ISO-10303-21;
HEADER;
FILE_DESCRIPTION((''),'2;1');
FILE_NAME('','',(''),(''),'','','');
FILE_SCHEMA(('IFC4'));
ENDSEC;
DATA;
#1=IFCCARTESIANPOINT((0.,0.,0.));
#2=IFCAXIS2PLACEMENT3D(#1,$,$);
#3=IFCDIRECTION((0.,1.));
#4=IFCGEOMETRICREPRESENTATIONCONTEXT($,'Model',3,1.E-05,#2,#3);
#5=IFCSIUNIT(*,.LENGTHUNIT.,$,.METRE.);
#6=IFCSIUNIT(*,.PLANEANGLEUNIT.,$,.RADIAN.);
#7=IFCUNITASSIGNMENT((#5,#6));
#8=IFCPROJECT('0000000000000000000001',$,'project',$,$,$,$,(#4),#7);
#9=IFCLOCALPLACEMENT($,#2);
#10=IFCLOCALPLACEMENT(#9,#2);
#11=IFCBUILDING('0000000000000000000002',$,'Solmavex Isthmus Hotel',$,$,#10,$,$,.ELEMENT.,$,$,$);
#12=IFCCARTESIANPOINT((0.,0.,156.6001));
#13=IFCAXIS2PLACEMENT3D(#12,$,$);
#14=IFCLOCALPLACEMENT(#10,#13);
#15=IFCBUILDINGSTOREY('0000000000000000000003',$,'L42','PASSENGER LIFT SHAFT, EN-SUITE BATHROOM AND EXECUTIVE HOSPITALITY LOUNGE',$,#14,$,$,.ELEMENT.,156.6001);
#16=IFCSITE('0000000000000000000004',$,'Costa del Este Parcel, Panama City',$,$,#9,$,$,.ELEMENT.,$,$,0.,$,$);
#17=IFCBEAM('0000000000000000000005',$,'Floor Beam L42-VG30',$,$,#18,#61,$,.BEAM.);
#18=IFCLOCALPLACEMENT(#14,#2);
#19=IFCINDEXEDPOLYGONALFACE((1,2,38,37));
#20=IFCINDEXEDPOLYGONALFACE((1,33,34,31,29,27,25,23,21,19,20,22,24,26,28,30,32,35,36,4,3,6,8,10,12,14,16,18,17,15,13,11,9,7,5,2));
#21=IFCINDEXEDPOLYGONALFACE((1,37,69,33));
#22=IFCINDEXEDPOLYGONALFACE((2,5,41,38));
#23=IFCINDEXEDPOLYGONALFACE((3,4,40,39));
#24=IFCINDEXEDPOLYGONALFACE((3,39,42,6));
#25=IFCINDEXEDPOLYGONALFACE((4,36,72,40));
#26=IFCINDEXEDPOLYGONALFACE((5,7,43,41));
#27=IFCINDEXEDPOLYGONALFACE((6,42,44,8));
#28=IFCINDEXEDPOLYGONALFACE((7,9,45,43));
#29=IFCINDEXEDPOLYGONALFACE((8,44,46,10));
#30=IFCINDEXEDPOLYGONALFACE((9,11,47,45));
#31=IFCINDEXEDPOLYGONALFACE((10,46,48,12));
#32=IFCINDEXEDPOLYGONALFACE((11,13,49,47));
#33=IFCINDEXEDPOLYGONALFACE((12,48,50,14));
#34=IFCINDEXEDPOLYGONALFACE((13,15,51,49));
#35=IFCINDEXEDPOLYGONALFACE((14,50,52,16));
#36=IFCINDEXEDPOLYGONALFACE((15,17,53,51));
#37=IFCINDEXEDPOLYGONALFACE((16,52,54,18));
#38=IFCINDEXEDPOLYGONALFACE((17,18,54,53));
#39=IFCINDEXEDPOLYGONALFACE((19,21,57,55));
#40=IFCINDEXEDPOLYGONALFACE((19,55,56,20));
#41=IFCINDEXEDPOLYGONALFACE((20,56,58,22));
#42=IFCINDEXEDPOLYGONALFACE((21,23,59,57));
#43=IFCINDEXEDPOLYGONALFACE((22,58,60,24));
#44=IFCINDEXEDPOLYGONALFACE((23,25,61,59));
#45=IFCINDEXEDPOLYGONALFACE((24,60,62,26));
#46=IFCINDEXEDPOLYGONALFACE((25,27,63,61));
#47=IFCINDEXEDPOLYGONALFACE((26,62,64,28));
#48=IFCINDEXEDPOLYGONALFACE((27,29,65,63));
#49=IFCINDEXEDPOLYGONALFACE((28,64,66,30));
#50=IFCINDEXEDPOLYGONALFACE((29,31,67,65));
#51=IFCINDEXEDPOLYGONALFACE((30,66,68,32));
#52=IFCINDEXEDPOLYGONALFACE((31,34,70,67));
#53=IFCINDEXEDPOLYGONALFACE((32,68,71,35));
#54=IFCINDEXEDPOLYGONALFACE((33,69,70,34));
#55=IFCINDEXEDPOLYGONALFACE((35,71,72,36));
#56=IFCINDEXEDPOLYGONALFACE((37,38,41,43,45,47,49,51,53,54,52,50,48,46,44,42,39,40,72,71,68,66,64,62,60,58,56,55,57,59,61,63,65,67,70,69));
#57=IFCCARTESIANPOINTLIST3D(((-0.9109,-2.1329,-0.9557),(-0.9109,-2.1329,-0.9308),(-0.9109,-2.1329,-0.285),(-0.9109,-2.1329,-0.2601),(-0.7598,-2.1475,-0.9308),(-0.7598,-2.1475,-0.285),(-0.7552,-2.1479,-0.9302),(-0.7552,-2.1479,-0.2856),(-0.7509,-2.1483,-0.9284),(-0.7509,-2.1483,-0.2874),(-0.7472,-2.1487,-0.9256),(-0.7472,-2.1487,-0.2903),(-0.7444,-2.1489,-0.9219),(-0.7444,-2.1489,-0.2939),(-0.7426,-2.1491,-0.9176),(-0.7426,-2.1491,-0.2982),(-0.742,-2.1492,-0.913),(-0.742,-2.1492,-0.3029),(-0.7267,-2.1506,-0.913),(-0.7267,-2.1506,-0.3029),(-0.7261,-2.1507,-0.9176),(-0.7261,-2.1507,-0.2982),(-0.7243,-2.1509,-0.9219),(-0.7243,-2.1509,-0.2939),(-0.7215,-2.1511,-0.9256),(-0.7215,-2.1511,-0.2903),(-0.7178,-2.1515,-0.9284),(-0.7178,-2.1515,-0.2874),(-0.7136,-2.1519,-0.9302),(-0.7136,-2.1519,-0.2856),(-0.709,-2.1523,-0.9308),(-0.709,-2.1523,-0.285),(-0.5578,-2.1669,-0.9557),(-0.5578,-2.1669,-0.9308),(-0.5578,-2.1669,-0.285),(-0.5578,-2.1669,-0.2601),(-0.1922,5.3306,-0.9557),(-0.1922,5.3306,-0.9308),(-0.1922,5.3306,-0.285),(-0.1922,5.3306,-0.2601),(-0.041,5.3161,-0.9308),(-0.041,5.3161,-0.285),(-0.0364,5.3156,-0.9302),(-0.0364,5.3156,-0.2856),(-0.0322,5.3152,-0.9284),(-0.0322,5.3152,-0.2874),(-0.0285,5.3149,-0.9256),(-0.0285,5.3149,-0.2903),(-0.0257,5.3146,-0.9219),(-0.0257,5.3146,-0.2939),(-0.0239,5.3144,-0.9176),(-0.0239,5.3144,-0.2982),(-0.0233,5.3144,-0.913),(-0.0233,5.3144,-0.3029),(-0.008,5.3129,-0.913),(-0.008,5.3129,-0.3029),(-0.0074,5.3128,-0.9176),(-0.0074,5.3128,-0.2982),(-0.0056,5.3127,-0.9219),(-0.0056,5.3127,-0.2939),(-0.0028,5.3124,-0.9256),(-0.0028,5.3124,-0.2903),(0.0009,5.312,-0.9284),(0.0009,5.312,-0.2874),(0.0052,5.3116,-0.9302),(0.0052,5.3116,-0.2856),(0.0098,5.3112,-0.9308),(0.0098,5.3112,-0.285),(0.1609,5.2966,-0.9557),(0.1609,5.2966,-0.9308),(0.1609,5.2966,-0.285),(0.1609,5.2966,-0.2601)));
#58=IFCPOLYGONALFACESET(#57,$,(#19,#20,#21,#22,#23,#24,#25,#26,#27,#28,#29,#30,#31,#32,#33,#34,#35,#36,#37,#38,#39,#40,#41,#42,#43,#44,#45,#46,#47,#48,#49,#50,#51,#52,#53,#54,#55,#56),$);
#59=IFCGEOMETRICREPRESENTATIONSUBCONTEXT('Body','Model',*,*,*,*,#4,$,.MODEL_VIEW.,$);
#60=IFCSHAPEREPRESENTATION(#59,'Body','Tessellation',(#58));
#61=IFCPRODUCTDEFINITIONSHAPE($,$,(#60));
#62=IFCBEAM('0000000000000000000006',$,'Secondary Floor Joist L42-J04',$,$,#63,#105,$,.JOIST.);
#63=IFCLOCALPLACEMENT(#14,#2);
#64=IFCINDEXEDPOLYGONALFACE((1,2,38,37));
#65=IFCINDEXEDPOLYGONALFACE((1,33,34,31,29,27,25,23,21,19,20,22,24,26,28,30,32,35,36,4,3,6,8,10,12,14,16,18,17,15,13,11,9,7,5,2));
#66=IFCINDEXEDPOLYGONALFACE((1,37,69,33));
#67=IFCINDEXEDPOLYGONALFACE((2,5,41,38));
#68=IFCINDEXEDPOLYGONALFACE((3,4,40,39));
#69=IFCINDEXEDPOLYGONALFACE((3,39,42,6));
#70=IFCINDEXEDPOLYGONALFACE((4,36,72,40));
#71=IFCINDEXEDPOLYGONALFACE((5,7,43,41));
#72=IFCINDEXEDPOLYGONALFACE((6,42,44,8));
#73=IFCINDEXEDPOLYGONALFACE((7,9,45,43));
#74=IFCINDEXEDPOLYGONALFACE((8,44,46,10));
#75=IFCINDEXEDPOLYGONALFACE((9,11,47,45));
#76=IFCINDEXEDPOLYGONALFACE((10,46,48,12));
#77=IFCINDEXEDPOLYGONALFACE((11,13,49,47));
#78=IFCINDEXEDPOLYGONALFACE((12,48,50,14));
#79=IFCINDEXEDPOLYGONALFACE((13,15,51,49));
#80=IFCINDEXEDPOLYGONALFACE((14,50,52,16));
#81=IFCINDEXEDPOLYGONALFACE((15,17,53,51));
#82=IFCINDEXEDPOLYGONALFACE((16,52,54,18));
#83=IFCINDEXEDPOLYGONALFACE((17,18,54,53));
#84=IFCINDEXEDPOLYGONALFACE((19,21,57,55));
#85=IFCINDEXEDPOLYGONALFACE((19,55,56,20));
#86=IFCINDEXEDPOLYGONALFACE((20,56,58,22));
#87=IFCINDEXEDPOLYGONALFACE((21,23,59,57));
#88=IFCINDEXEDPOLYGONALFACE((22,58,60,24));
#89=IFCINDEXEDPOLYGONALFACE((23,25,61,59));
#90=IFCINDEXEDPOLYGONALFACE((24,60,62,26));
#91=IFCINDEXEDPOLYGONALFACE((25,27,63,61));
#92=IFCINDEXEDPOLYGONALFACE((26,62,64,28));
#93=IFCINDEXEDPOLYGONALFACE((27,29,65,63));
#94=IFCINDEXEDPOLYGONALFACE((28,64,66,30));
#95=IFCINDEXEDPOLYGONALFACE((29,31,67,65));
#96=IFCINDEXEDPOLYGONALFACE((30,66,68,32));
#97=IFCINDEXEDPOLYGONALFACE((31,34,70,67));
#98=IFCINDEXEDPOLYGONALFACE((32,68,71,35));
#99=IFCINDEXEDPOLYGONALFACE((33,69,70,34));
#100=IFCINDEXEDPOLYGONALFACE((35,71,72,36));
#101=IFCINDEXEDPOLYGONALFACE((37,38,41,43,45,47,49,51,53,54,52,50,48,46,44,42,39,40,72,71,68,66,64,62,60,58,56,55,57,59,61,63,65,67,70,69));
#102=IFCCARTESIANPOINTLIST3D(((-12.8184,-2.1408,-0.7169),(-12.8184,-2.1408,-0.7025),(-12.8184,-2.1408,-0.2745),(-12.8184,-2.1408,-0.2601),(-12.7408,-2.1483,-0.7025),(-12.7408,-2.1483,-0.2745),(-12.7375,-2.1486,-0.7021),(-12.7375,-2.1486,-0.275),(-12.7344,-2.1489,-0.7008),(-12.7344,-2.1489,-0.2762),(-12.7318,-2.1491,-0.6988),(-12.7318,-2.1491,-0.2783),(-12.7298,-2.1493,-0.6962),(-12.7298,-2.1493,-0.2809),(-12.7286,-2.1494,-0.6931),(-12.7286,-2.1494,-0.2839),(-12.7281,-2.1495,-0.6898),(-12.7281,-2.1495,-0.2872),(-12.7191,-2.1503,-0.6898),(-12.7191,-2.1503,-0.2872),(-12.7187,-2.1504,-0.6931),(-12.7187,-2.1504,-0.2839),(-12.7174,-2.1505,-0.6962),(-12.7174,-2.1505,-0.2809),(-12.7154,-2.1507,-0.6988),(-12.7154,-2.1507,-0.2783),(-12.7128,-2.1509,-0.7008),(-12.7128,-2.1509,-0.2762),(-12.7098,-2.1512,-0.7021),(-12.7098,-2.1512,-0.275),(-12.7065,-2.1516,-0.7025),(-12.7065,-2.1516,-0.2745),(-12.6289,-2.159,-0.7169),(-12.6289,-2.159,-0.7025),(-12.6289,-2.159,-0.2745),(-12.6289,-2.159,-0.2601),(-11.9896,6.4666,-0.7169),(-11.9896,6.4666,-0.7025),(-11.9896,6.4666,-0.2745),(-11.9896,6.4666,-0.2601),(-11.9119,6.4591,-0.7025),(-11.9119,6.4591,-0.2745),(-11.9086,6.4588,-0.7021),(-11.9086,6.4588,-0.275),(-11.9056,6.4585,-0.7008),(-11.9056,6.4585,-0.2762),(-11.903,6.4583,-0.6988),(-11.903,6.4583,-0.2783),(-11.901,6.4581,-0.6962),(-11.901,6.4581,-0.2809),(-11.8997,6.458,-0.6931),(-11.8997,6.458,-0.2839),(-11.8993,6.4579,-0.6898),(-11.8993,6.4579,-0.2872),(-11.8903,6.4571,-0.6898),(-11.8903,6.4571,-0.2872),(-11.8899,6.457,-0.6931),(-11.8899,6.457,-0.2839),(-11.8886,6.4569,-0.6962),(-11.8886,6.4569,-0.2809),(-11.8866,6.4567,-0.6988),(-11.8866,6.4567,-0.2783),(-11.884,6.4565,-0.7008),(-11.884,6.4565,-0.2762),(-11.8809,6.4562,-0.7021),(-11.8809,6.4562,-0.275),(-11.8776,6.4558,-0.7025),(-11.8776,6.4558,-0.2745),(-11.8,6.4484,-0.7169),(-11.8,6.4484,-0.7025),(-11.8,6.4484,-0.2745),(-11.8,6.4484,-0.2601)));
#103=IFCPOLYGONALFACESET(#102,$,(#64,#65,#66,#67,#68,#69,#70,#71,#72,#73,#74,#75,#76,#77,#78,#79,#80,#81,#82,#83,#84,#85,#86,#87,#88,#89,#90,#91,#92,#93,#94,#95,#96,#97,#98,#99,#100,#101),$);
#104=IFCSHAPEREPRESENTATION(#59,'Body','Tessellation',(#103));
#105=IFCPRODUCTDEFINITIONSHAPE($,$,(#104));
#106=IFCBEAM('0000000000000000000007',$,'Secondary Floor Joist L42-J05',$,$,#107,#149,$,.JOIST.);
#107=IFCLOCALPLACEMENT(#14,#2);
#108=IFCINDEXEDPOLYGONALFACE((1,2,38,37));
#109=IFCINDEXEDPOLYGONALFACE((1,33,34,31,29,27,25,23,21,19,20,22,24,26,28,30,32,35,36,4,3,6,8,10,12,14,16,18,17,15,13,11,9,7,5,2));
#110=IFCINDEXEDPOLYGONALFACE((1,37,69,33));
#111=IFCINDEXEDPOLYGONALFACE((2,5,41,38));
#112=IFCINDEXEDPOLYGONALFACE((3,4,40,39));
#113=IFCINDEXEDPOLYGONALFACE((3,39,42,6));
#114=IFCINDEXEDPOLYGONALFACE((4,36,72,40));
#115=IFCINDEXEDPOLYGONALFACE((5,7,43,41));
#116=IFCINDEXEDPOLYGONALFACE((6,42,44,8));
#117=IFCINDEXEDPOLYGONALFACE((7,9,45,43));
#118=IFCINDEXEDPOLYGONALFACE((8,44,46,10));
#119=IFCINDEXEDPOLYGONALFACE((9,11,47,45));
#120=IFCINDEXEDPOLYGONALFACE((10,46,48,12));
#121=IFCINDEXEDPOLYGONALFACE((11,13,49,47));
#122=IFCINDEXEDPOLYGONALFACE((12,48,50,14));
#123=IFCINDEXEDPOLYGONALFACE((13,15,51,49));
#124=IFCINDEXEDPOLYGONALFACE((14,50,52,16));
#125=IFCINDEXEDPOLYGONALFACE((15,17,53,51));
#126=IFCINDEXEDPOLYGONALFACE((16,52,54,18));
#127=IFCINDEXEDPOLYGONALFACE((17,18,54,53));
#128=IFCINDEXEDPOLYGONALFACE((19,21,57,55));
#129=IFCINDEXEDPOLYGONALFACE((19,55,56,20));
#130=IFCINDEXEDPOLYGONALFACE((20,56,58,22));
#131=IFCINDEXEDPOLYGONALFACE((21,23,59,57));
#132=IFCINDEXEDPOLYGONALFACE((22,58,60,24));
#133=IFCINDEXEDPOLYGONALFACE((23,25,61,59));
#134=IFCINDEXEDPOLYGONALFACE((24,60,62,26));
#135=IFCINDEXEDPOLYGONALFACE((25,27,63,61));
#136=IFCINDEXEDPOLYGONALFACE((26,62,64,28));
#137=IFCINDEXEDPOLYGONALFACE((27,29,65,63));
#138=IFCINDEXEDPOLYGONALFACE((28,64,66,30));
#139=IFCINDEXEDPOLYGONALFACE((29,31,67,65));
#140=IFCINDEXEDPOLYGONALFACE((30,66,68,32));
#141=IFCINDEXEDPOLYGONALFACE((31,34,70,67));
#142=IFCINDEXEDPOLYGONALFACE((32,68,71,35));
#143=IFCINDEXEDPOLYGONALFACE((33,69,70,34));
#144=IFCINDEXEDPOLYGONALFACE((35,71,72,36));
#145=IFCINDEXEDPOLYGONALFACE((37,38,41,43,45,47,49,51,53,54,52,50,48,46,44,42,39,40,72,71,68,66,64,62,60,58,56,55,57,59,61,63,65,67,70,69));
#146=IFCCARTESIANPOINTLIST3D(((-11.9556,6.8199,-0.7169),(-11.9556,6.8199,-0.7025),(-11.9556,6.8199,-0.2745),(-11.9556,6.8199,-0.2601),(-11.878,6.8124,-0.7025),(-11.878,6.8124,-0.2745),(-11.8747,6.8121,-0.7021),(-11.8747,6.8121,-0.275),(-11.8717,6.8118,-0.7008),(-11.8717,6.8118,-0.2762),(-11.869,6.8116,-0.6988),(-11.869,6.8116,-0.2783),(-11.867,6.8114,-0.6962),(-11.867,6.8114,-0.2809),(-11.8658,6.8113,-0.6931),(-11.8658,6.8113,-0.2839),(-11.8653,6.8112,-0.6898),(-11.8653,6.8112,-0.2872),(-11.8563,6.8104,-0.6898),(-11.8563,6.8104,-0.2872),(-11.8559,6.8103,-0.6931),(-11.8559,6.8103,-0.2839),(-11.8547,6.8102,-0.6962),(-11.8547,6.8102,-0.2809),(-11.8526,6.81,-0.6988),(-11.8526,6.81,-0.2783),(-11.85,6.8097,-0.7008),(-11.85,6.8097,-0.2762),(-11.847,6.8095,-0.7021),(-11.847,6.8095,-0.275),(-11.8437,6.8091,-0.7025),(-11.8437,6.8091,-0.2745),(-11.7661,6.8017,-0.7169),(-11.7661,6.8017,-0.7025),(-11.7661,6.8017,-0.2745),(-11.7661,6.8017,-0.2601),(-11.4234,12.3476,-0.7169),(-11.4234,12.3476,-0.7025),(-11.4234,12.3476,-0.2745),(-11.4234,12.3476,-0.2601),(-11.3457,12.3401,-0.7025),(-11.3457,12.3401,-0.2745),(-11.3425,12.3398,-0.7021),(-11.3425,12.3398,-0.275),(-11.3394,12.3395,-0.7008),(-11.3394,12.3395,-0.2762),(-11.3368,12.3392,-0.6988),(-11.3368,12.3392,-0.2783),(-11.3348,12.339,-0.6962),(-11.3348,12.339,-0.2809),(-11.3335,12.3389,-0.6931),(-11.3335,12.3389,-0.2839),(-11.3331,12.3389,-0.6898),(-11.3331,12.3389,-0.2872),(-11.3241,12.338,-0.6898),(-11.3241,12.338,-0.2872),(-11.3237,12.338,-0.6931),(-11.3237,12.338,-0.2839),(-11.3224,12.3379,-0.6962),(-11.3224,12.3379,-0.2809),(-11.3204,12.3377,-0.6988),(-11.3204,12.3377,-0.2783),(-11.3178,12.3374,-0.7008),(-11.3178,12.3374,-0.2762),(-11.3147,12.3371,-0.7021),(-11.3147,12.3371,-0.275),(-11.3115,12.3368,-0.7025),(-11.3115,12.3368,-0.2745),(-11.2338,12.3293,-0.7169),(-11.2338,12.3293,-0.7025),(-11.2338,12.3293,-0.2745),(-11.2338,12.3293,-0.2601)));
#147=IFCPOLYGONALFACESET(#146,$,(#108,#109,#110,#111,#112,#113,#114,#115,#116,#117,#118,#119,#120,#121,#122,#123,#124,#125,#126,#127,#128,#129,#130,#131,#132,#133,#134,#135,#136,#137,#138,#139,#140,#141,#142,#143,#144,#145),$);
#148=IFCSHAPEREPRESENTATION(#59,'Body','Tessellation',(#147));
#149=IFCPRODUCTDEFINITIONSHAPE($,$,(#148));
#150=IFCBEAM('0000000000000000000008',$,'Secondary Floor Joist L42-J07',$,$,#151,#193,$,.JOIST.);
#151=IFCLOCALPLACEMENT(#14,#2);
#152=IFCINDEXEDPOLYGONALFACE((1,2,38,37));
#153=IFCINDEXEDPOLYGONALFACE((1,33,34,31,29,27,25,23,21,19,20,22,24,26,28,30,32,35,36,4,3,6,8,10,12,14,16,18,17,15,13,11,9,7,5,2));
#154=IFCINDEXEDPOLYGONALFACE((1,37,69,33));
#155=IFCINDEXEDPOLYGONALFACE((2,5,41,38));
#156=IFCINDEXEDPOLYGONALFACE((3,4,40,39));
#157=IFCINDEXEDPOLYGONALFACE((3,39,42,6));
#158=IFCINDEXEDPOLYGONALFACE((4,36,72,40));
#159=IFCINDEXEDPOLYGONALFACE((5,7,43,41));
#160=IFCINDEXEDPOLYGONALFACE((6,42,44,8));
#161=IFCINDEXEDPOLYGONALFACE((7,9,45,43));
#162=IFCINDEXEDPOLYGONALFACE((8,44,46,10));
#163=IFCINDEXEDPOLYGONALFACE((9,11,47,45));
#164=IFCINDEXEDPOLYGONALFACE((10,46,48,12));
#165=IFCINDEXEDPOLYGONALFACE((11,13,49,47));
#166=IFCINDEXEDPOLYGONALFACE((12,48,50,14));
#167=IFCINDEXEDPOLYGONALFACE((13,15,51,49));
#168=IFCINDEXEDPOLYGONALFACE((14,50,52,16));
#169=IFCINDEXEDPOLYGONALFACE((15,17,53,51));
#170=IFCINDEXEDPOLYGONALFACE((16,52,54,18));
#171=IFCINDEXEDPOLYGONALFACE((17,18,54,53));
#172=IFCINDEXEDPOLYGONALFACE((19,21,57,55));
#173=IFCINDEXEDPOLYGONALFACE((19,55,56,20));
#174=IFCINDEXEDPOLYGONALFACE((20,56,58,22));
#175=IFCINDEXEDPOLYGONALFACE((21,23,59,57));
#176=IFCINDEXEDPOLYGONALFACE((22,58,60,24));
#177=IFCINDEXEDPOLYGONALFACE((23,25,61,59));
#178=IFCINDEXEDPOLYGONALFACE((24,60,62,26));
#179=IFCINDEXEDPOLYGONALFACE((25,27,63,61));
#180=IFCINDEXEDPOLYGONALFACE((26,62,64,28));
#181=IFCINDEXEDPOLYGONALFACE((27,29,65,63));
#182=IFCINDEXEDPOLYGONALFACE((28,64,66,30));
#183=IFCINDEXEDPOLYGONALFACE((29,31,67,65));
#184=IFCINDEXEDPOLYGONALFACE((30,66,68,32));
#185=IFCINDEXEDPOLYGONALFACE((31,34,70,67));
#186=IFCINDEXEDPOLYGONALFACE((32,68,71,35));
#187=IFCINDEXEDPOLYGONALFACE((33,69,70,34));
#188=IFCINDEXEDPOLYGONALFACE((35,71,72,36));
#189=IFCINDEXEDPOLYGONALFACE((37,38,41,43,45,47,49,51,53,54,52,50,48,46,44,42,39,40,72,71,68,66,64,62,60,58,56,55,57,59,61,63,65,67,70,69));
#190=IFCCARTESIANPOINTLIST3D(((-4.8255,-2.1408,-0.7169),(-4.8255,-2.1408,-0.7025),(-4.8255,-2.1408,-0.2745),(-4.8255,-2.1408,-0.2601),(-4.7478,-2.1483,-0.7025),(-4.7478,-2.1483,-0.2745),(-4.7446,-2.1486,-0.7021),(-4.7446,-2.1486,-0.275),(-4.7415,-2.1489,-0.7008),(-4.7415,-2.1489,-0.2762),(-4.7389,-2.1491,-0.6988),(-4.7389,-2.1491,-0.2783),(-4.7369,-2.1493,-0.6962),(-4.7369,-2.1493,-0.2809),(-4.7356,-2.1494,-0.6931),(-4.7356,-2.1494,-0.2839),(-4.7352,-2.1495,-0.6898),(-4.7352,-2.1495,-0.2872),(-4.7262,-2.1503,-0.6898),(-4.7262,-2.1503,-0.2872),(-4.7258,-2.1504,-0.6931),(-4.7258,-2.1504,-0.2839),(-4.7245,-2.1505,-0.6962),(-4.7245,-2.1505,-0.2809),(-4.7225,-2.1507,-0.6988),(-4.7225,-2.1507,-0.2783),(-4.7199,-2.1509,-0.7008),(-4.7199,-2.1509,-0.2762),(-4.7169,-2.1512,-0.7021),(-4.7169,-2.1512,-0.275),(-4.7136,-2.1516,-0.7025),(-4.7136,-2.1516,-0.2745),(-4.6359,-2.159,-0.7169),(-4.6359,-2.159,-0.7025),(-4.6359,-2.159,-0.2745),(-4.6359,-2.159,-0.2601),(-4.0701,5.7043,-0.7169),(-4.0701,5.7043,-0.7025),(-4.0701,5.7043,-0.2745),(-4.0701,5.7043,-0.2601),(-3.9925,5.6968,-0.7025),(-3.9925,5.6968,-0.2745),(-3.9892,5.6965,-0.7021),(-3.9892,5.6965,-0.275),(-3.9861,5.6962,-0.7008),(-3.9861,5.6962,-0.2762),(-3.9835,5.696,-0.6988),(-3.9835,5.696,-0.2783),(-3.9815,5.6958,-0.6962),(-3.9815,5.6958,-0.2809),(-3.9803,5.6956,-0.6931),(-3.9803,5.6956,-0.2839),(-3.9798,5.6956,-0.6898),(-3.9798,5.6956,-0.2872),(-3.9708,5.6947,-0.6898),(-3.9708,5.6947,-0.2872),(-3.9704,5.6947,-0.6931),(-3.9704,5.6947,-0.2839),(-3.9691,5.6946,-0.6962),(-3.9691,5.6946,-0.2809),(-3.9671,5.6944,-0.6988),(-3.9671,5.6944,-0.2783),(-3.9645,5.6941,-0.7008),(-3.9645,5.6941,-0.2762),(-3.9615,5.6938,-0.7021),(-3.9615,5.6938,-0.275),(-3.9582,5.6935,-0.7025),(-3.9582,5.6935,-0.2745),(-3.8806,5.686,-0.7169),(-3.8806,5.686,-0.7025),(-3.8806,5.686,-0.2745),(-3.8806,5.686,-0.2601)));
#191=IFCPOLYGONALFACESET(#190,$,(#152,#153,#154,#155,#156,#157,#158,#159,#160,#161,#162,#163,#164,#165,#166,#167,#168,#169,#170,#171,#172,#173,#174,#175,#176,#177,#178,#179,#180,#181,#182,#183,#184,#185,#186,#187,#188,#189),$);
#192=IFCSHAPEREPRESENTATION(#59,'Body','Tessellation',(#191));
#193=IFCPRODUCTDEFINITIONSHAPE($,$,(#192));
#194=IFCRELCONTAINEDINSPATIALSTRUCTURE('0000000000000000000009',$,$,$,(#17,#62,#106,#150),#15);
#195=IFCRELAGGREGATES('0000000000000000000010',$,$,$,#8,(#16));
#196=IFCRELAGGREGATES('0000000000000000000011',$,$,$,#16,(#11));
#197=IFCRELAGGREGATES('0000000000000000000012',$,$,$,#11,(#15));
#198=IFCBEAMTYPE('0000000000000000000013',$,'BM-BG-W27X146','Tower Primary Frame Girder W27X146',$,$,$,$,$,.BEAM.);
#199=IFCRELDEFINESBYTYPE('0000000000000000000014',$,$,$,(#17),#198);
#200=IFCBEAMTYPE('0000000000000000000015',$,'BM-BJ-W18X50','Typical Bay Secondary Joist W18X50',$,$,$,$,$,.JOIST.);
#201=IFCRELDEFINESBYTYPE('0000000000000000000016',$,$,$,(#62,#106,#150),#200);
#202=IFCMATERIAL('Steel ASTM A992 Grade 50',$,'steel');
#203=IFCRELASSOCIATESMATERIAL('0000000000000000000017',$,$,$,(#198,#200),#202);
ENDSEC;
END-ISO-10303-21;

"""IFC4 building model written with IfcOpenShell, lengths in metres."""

from ifc_helpers import new_model, si_unit, direction, frame, origin, origin_2d, place, context, subcontext, project, spatial, i_section, extrude, material, material_profile, profile_set, type_object, element, save


model = new_model("IFC4")

# Units and contexts
model_context = context("Model", 3, precision=1e-05, world=origin(), true_north=direction((0.0, 1.0)))
body_context = subcontext(model_context, "Body", "Model", "MODEL_VIEW")
ifc_project = project(units=[si_unit("LENGTHUNIT", "METRE"), si_unit("PLANEANGLEUNIT", "RADIAN")], contexts=[model_context])

# Site, building, storey
site_placement = place(None, origin())
site = spatial("IfcSite", under=ifc_project, at=site_placement, Name="Costa del Este Parcel, Panama City", CompositionType="ELEMENT", RefElevation=0.0)
building_placement = place(site_placement, origin())
building = spatial("IfcBuilding", under=site, at=building_placement, Name="Solmavex Isthmus Hotel", CompositionType="ELEMENT")
storey_placement = place(building_placement, frame((0.0, 0.0, 156.6001)))
storey = spatial("IfcBuildingStorey", under=building, at=storey_placement, Name="L42", Description="PASSENGER LIFT SHAFT, EN-SUITE BATHROOM AND EXECUTIVE HOSPITALITY LOUNGE", CompositionType="ELEMENT", Elevation=156.6001)

# Beams
ifc_material_1 = material(Name="Steel ASTM A992 Grade 50", Category="steel")
ifc_material_profile_1 = material_profile(ifc_material_1, i_section(OverallWidth=0.3547, OverallDepth=0.6956, WebThickness=0.0154, FlangeThickness=0.0249, FilletRadius=0.0178, at=origin_2d()), Name="W27X146")
ifc_profile_set_1 = profile_set([ifc_material_profile_1], Name="Steel ASTM A992 Grade 50")
beam_type_1 = type_object("IfcBeamType", Name="BM-BG-W27X146", Description="Tower Primary Frame Girder W27X146", PredefinedType="BEAM", material=ifc_profile_set_1)
beam_1_placement = place(storey_placement, frame((-0.7344, -2.1499, -0.6079), z_axis=(0.095857, 0.995395, 0.0), x_axis=(-0.995395, 0.095857, 0.0)))
element("IfcBeam", 1, at=beam_1_placement, inside=storey, type_object=beam_type_1, Name="Floor Beam L42-VG30", PredefinedType="BEAM", context=body_context, shape_type="SweptSolid", body=[
    extrude(i_section(OverallWidth=0.3547, OverallDepth=0.6956, WebThickness=0.0154, FlangeThickness=0.0249, FilletRadius=0.0178, at=origin_2d()), origin(), (0.0, 0.0, 1.0), 7.498),
])
ifc_material_profile_2 = material_profile(ifc_material_1, i_section(OverallWidth=0.1904, OverallDepth=0.4568, WebThickness=0.009, FlangeThickness=0.0144, FilletRadius=0.0127, at=origin_2d()), Name="W18X50")
ifc_profile_set_2 = profile_set([ifc_material_profile_2], Name="Steel ASTM A992 Grade 50")
beam_type_2 = type_object("IfcBeamType", Name="BM-BJ-W18X50", Description="Typical Bay Secondary Joist W18X50", PredefinedType="JOIST", material=ifc_profile_set_2)
beam_2_placement = place(storey_placement, frame((-12.7236, -2.1499, -0.4885), z_axis=(0.095852, 0.995396, 0.0), x_axis=(-0.995396, 0.095852, 0.0)))
element("IfcBeam", 2, at=beam_2_placement, inside=storey, type_object=beam_type_2, Name="Secondary Floor Joist L42-J04", PredefinedType="JOIST", context=body_context, shape_type="SweptSolid", body=[
    extrude(i_section(OverallWidth=0.1904, OverallDepth=0.4568, WebThickness=0.009, FlangeThickness=0.0144, FilletRadius=0.0127, at=origin_2d()), origin(), (0.0, 0.0, 1.0), 8.6472),
])
beam_3_placement = place(storey_placement, frame((-11.8608, 6.8108, -0.4885), z_axis=(0.095842, 0.995397, 0.0), x_axis=(-0.995397, 0.095842, 0.0)))
element("IfcBeam", 3, at=beam_3_placement, inside=storey, type_object=beam_type_2, Name="Secondary Floor Joist L42-J05", PredefinedType="JOIST", context=body_context, shape_type="SweptSolid", body=[
    extrude(i_section(OverallWidth=0.1904, OverallDepth=0.4568, WebThickness=0.009, FlangeThickness=0.0144, FilletRadius=0.0127, at=origin_2d()), origin(), (0.0, 0.0, 1.0), 5.5532),
])
beam_4_placement = place(storey_placement, frame((-4.7307, -2.1499, -0.4885), z_axis=(0.095844, 0.995396, 0.0), x_axis=(-0.995396, 0.095844, 0.0)))
element("IfcBeam", 4, at=beam_4_placement, inside=storey, type_object=beam_type_2, Name="Secondary Floor Joist L42-J07", PredefinedType="JOIST", context=body_context, shape_type="SweptSolid", body=[
    extrude(i_section(OverallWidth=0.1904, OverallDepth=0.4568, WebThickness=0.009, FlangeThickness=0.0144, FilletRadius=0.0127, at=origin_2d()), origin(), (0.0, 0.0, 1.0), 7.8813),
])

save(model, "model.ifc")
